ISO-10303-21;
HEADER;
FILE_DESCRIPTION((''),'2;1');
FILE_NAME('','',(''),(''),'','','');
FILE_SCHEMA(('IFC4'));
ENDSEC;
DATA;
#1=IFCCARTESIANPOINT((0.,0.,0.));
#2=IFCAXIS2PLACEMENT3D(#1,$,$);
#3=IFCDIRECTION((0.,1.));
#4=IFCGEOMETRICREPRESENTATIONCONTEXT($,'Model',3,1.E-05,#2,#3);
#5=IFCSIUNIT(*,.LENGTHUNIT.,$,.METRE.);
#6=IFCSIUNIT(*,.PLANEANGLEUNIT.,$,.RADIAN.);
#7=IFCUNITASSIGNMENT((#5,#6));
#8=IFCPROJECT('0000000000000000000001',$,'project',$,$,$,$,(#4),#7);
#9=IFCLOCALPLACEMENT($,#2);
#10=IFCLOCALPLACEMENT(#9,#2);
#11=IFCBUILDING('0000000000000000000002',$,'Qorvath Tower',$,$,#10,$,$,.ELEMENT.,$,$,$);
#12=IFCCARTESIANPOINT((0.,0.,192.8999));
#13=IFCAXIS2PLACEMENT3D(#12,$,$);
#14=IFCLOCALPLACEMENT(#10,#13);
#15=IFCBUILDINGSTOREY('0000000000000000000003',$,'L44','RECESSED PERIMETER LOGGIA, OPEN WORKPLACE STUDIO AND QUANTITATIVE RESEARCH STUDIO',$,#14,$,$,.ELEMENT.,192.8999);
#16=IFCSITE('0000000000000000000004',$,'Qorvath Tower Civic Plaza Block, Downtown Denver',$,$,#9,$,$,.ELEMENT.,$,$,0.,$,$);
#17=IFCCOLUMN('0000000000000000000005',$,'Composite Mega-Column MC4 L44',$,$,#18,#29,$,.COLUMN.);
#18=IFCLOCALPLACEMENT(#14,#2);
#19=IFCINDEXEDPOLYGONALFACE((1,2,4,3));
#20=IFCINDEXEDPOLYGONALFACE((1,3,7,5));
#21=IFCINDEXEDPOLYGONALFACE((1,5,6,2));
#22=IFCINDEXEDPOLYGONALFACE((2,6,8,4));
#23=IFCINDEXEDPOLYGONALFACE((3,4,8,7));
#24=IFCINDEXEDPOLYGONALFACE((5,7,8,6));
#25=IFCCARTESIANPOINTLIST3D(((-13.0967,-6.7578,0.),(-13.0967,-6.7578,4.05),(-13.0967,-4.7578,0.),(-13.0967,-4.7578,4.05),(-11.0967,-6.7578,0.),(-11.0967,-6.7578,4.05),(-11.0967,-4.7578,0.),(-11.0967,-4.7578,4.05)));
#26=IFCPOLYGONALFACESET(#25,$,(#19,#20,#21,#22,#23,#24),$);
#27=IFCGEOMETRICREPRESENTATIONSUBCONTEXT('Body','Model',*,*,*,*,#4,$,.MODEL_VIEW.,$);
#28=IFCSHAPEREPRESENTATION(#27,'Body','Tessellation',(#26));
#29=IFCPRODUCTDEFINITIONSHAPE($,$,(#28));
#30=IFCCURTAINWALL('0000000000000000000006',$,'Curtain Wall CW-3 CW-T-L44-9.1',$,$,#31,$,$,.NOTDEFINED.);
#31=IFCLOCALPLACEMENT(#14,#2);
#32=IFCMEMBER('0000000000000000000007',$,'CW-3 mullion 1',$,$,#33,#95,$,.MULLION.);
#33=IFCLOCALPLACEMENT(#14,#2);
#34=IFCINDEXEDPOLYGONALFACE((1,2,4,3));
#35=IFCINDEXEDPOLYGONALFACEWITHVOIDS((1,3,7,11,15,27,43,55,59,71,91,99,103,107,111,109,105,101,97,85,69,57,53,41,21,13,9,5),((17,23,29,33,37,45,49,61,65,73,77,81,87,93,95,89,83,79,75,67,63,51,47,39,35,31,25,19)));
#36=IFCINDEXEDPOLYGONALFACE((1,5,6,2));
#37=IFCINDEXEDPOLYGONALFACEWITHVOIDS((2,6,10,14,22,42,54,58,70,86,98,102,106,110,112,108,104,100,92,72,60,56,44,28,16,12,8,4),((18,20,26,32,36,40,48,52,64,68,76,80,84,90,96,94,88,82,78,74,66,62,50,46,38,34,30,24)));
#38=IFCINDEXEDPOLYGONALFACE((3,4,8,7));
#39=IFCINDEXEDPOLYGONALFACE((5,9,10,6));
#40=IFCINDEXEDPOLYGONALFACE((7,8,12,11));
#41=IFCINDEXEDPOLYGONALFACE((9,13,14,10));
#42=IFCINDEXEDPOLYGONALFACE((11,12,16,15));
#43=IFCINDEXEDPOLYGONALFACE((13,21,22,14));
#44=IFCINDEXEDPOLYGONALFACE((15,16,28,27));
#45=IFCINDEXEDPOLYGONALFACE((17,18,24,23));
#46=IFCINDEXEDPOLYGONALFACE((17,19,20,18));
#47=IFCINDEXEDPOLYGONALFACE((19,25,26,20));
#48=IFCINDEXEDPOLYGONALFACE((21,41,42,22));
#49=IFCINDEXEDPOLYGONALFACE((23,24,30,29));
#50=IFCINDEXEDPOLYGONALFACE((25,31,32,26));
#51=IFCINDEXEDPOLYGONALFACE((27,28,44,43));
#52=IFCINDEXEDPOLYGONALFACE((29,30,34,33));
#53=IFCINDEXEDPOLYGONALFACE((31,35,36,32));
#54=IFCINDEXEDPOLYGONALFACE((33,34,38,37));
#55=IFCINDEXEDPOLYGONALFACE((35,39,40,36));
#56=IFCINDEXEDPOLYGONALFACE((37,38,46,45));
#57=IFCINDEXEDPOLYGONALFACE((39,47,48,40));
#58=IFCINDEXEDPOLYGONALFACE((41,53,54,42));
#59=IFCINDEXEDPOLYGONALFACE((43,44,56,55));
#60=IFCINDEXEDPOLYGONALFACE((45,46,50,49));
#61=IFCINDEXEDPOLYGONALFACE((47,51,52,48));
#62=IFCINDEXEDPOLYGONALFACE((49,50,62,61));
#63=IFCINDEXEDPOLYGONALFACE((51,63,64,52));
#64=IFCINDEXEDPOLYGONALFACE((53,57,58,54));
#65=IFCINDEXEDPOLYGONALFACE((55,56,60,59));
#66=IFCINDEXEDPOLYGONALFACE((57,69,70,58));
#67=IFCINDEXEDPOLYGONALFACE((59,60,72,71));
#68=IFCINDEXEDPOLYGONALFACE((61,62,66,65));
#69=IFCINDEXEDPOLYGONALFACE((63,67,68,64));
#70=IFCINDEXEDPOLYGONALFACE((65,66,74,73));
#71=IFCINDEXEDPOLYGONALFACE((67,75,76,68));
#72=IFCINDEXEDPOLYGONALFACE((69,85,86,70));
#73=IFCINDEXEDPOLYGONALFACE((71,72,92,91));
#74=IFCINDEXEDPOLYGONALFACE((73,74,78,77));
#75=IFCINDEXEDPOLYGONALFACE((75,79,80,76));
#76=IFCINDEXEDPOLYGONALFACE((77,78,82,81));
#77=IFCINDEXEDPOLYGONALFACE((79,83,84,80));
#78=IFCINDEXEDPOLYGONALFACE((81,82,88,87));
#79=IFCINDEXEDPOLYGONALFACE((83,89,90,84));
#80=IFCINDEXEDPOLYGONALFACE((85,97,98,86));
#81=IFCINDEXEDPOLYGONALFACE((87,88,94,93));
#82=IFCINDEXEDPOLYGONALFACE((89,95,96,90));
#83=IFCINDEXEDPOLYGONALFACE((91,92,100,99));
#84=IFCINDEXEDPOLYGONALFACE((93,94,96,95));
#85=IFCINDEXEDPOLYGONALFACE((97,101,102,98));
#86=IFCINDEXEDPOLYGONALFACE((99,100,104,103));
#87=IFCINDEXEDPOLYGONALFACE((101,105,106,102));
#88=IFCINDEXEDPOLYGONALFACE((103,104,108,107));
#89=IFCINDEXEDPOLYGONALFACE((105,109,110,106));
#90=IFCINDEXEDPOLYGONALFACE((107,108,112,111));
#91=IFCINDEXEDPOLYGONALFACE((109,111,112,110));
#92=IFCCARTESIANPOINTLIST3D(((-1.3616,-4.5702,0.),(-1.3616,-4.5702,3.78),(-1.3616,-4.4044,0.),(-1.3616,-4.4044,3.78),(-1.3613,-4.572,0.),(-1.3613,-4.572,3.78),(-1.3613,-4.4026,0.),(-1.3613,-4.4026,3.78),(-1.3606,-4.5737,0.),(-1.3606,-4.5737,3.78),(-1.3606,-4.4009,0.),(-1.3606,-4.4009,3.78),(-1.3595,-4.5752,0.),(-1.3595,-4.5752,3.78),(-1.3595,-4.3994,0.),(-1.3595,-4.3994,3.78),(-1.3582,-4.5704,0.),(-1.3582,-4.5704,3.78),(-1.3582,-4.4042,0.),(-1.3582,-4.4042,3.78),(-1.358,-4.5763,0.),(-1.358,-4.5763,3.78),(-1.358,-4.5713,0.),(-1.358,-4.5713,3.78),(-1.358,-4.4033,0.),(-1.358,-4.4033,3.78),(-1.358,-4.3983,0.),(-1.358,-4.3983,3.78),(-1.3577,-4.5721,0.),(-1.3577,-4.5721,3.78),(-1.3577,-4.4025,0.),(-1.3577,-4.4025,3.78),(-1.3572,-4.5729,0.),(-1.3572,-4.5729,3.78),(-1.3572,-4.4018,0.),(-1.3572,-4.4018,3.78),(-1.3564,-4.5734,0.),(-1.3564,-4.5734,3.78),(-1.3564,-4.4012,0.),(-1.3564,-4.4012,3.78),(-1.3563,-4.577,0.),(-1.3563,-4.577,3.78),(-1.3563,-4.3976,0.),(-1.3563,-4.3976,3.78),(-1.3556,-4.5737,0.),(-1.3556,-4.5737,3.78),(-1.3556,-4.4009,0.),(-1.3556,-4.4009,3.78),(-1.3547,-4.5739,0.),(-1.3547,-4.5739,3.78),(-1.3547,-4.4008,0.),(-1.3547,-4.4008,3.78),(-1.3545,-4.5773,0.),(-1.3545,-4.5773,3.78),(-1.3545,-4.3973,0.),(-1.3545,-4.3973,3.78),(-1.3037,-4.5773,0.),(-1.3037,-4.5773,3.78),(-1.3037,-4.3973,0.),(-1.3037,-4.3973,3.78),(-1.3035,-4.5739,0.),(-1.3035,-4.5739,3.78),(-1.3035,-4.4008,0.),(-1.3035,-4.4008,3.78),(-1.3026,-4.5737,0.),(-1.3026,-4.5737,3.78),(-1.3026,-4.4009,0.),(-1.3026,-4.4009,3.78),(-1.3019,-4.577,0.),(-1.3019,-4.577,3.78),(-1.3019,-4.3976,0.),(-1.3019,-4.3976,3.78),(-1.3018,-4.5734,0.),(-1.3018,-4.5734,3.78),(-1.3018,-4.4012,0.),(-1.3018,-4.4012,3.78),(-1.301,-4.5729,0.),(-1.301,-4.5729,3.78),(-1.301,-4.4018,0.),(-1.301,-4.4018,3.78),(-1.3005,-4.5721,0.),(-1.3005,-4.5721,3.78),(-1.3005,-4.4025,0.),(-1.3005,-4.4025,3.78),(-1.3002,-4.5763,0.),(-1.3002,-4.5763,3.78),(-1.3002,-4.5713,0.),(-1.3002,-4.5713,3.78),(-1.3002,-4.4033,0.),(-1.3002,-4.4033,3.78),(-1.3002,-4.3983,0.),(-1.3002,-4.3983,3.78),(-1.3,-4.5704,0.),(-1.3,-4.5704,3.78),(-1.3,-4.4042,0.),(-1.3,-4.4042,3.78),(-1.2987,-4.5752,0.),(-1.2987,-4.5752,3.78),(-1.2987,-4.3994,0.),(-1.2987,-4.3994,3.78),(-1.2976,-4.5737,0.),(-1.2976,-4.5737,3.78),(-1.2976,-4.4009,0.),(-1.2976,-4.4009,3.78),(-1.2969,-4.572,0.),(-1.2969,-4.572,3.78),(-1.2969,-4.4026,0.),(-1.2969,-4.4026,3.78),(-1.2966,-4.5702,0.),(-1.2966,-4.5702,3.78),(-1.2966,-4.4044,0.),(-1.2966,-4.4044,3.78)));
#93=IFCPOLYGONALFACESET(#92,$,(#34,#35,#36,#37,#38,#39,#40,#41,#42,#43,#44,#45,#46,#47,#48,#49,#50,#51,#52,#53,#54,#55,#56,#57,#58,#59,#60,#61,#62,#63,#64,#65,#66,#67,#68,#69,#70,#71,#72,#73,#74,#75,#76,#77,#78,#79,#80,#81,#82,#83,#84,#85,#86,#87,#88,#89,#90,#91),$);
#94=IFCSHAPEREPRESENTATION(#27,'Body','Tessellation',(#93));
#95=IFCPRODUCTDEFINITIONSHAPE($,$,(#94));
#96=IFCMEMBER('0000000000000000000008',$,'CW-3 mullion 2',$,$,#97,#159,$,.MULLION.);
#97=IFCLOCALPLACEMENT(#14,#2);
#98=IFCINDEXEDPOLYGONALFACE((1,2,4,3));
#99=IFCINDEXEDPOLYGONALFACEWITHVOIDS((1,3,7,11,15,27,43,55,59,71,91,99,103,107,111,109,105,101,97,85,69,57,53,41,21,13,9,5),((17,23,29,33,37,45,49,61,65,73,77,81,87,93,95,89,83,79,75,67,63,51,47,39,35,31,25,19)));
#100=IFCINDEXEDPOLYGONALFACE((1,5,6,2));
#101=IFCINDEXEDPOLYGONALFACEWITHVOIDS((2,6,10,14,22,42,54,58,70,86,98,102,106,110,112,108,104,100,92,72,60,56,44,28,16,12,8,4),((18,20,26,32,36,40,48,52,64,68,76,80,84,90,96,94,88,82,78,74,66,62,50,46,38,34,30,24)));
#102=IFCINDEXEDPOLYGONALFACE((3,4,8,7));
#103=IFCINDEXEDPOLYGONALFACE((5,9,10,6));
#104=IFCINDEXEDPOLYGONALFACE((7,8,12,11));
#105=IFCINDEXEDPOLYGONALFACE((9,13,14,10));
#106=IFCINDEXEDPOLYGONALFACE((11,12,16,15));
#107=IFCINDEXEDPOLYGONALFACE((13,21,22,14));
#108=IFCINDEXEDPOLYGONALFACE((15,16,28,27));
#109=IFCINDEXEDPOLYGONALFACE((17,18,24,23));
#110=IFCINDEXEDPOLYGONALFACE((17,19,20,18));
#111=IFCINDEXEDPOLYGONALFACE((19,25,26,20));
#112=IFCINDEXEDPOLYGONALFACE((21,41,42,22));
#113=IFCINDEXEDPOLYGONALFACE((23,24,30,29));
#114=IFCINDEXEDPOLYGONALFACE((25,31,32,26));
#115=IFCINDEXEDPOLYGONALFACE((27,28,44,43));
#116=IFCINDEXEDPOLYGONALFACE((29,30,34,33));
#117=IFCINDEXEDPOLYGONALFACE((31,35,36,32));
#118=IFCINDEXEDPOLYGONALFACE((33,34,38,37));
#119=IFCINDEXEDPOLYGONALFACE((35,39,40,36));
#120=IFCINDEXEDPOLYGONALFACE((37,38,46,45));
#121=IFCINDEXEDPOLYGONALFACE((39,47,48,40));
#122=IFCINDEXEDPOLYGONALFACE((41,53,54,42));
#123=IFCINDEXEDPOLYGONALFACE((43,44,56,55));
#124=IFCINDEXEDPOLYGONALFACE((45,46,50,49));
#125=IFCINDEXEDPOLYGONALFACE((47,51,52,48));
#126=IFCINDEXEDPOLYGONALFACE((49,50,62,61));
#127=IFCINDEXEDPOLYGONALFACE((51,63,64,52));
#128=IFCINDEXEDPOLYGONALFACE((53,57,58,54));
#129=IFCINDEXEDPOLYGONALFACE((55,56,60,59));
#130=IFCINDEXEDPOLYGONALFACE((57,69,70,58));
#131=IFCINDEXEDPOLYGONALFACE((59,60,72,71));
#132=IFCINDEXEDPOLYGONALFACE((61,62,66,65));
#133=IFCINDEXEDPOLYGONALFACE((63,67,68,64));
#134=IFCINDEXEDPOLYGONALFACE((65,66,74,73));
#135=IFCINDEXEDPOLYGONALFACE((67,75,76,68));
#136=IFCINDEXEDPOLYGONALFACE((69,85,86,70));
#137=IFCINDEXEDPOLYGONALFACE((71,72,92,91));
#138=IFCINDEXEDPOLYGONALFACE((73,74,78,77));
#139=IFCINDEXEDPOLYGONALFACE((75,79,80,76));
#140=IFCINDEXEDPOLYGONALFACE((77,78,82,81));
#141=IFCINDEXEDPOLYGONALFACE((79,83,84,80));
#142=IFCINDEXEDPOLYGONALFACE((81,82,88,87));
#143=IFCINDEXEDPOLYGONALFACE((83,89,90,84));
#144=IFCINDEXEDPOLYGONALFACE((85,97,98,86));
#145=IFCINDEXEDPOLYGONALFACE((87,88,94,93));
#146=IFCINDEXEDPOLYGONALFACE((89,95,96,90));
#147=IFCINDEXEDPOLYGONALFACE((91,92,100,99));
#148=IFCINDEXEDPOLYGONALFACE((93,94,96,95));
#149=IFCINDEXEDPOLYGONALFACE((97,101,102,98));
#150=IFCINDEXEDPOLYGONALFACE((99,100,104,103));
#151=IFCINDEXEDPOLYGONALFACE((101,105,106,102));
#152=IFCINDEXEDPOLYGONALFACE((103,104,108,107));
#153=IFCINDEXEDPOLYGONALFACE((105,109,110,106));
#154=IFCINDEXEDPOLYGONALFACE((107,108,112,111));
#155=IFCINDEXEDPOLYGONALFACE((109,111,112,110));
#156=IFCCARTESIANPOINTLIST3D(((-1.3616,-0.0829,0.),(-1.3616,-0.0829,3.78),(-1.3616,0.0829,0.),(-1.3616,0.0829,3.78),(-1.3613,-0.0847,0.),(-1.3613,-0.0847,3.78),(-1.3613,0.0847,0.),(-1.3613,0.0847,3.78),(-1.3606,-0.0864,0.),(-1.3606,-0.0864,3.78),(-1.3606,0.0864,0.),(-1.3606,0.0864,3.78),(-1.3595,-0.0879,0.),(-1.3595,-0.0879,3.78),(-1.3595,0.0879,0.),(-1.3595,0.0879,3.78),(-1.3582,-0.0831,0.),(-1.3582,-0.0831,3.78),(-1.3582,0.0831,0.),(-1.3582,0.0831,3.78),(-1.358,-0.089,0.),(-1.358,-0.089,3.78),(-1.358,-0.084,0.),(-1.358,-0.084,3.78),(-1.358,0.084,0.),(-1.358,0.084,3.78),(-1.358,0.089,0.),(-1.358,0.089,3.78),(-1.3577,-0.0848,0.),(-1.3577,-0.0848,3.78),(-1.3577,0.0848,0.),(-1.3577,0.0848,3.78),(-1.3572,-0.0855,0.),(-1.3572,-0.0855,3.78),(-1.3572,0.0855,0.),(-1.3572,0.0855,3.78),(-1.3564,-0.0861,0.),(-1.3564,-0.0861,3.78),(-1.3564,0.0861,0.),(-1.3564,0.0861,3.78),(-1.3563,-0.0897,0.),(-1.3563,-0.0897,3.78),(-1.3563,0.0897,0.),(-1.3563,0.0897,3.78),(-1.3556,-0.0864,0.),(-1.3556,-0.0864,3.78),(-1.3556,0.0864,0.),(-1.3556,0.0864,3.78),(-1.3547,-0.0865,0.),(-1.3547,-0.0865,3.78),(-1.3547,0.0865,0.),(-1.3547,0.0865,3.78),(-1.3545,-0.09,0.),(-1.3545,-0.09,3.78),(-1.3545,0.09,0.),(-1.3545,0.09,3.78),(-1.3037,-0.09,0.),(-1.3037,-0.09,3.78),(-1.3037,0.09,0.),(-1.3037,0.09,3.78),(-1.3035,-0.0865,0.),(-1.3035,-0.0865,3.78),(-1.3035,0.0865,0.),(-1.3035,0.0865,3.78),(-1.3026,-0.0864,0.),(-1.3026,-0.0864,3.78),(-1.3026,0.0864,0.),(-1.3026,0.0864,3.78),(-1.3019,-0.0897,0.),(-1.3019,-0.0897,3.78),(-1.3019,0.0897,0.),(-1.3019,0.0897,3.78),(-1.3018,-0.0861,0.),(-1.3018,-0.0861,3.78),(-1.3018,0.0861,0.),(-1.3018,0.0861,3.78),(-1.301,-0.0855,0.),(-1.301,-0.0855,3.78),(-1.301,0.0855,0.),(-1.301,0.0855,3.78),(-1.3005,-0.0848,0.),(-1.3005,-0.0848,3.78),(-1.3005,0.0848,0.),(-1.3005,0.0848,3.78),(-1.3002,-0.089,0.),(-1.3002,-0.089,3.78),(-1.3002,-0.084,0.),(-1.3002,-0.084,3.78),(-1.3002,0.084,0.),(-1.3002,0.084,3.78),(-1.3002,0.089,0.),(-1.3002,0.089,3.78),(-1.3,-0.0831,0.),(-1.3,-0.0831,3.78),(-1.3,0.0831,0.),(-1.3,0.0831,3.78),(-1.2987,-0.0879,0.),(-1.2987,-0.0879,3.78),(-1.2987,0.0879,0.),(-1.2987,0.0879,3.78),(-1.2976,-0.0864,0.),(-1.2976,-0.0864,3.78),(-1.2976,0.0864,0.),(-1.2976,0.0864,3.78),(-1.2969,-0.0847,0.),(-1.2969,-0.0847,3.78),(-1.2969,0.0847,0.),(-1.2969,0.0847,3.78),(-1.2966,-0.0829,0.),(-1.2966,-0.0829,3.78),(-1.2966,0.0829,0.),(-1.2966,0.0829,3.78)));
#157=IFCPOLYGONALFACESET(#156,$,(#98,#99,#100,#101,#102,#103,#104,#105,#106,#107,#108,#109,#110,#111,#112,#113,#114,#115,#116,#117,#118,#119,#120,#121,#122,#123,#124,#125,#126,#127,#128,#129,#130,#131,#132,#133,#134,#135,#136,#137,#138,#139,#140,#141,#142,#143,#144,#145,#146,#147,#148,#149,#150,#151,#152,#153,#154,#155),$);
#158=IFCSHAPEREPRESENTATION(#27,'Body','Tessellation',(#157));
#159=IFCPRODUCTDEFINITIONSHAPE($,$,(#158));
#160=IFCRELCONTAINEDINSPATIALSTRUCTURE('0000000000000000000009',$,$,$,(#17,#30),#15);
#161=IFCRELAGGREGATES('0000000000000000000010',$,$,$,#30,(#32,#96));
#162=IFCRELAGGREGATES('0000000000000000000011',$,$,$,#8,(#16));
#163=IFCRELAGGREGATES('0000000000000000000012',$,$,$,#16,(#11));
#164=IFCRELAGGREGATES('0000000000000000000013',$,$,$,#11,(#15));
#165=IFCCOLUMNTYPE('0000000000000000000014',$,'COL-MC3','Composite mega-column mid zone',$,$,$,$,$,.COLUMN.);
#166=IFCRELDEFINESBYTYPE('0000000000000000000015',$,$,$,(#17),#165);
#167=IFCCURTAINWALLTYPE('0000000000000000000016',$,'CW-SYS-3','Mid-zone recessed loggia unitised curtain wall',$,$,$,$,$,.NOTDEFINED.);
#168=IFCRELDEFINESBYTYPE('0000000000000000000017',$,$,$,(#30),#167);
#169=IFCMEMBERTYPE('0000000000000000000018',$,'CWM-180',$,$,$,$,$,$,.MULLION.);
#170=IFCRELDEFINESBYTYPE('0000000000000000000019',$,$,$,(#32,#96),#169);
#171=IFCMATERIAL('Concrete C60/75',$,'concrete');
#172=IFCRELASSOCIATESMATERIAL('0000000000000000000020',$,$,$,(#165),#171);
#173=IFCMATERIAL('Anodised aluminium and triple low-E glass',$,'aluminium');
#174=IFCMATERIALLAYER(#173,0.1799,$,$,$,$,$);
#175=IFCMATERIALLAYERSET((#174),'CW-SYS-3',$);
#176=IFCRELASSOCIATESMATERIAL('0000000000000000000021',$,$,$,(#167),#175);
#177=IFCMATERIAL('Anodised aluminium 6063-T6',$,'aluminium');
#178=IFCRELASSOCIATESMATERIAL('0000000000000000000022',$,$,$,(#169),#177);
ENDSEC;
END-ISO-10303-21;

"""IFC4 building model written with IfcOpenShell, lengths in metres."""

from ifc_helpers import new_model, si_unit, direction, frame, origin, origin_2d, place, context, subcontext, project, spatial, rectangle, hollow_rectangle, extrude, material, layer, layer_set, material_profile, profile_set, type_object, element, aggregate, save


model = new_model("IFC4")

# Units and contexts
model_context = context("Model", 3, precision=1e-05, world=origin(), true_north=direction((0.0, 1.0)))
body_context = subcontext(model_context, "Body", "Model", "MODEL_VIEW")
ifc_project = project(units=[si_unit("LENGTHUNIT", "METRE"), si_unit("PLANEANGLEUNIT", "RADIAN")], contexts=[model_context])

# Site, building, storey
site_placement = place(None, origin())
site = spatial("IfcSite", under=ifc_project, at=site_placement, Name="Qorvath Tower Civic Plaza Block, Downtown Denver", CompositionType="ELEMENT", RefElevation=0.0)
building_placement = place(site_placement, origin())
building = spatial("IfcBuilding", under=site, at=building_placement, Name="Qorvath Tower", CompositionType="ELEMENT")
storey_placement = place(building_placement, frame((0.0, 0.0, 192.8999)))
storey = spatial("IfcBuildingStorey", under=building, at=storey_placement, Name="L44", Description="RECESSED PERIMETER LOGGIA, OPEN WORKPLACE STUDIO AND QUANTITATIVE RESEARCH STUDIO", CompositionType="ELEMENT", Elevation=192.8999)

# Column
ifc_material_1 = material(Name="Concrete C60/75", Category="concrete")
ifc_material_profile_1 = material_profile(ifc_material_1, rectangle(XDim=2.0, YDim=2.0, at=origin_2d()), Name="MC 2000x2000")
ifc_profile_set_1 = profile_set([ifc_material_profile_1], Name="Concrete C60/75")
column_type = type_object("IfcColumnType", Name="COL-MC3", Description="Composite mega-column mid zone", PredefinedType="COLUMN", material=ifc_profile_set_1)
column_placement = place(storey_placement, frame((-12.0967, -5.7578, 0.0), z_axis=(0.0, 0.0, 1.0), x_axis=(1.0, 0.0, 0.0)))
element("IfcColumn", 1, at=column_placement, inside=storey, type_object=column_type, Name="Composite Mega-Column MC4 L44", PredefinedType="COLUMN", context=body_context, shape_type="SweptSolid", body=[
    extrude(rectangle(XDim=2.0, YDim=2.0, at=origin_2d()), origin(), (0.0, 0.0, 1.0), 4.05),
])

# Curtain wall, members
ifc_material_2 = material(Name="Anodised aluminium and triple low-E glass", Category="aluminium")
ifc_layer_1 = layer(ifc_material_2, 0.1799)
ifc_layer_set_1 = layer_set([ifc_layer_1], Name="CW-SYS-3")
curtain_wall_type = type_object("IfcCurtainWallType", Name="CW-SYS-3", Description="Mid-zone recessed loggia unitised curtain wall", PredefinedType="NOTDEFINED", material=ifc_layer_set_1)
curtain_wall_placement = place(storey_placement, origin())
curtain_wall = element("IfcCurtainWall", 2, at=curtain_wall_placement, inside=storey, type_object=curtain_wall_type, Name="Curtain Wall CW-3 CW-T-L44-9.1", PredefinedType="NOTDEFINED")
ifc_material_3 = material(Name="Anodised aluminium 6063-T6", Category="aluminium")
ifc_material_profile_2 = material_profile(ifc_material_3, hollow_rectangle(XDim=0.0649, YDim=0.1799, WallThickness=0.0034, InnerFilletRadius=0.0034, OuterFilletRadius=0.0071, at=origin_2d()), Name="CWM 180x65")
ifc_profile_set_2 = profile_set([ifc_material_profile_2], Name="Anodised aluminium 6063-T6")
member_type_1 = type_object("IfcMemberType", Name="CWM-180", PredefinedType="MULLION", material=ifc_profile_set_2)
member_1_placement = place(storey_placement, frame((-1.3291, -4.4873, 0.0), z_axis=(0.0, 0.0, 1.0), x_axis=(-1.0, 0.0, 0.0)))
member_1 = element("IfcMember", 3, at=member_1_placement, type_object=member_type_1, Name="CW-3 mullion 1", PredefinedType="MULLION", context=body_context, shape_type="SweptSolid", body=[
    extrude(hollow_rectangle(XDim=0.0649, YDim=0.1799, WallThickness=0.0034, InnerFilletRadius=0.0034, OuterFilletRadius=0.0071, at=origin_2d()), origin(), (0.0, 0.0, 1.0), 3.78),
])
member_2_placement = place(storey_placement, frame((-1.3291, 0.0, 0.0), z_axis=(0.0, 0.0, 1.0), x_axis=(-1.0, 0.0, 0.0)))
member_2 = element("IfcMember", 4, at=member_2_placement, type_object=member_type_1, Name="CW-3 mullion 2", PredefinedType="MULLION", context=body_context, shape_type="SweptSolid", body=[
    extrude(hollow_rectangle(XDim=0.0649, YDim=0.1799, WallThickness=0.0034, InnerFilletRadius=0.0034, OuterFilletRadius=0.0071, at=origin_2d()), origin(), (0.0, 0.0, 1.0), 3.78),
])
aggregate(curtain_wall, [member_1, member_2])

save(model, "model.ifc")
